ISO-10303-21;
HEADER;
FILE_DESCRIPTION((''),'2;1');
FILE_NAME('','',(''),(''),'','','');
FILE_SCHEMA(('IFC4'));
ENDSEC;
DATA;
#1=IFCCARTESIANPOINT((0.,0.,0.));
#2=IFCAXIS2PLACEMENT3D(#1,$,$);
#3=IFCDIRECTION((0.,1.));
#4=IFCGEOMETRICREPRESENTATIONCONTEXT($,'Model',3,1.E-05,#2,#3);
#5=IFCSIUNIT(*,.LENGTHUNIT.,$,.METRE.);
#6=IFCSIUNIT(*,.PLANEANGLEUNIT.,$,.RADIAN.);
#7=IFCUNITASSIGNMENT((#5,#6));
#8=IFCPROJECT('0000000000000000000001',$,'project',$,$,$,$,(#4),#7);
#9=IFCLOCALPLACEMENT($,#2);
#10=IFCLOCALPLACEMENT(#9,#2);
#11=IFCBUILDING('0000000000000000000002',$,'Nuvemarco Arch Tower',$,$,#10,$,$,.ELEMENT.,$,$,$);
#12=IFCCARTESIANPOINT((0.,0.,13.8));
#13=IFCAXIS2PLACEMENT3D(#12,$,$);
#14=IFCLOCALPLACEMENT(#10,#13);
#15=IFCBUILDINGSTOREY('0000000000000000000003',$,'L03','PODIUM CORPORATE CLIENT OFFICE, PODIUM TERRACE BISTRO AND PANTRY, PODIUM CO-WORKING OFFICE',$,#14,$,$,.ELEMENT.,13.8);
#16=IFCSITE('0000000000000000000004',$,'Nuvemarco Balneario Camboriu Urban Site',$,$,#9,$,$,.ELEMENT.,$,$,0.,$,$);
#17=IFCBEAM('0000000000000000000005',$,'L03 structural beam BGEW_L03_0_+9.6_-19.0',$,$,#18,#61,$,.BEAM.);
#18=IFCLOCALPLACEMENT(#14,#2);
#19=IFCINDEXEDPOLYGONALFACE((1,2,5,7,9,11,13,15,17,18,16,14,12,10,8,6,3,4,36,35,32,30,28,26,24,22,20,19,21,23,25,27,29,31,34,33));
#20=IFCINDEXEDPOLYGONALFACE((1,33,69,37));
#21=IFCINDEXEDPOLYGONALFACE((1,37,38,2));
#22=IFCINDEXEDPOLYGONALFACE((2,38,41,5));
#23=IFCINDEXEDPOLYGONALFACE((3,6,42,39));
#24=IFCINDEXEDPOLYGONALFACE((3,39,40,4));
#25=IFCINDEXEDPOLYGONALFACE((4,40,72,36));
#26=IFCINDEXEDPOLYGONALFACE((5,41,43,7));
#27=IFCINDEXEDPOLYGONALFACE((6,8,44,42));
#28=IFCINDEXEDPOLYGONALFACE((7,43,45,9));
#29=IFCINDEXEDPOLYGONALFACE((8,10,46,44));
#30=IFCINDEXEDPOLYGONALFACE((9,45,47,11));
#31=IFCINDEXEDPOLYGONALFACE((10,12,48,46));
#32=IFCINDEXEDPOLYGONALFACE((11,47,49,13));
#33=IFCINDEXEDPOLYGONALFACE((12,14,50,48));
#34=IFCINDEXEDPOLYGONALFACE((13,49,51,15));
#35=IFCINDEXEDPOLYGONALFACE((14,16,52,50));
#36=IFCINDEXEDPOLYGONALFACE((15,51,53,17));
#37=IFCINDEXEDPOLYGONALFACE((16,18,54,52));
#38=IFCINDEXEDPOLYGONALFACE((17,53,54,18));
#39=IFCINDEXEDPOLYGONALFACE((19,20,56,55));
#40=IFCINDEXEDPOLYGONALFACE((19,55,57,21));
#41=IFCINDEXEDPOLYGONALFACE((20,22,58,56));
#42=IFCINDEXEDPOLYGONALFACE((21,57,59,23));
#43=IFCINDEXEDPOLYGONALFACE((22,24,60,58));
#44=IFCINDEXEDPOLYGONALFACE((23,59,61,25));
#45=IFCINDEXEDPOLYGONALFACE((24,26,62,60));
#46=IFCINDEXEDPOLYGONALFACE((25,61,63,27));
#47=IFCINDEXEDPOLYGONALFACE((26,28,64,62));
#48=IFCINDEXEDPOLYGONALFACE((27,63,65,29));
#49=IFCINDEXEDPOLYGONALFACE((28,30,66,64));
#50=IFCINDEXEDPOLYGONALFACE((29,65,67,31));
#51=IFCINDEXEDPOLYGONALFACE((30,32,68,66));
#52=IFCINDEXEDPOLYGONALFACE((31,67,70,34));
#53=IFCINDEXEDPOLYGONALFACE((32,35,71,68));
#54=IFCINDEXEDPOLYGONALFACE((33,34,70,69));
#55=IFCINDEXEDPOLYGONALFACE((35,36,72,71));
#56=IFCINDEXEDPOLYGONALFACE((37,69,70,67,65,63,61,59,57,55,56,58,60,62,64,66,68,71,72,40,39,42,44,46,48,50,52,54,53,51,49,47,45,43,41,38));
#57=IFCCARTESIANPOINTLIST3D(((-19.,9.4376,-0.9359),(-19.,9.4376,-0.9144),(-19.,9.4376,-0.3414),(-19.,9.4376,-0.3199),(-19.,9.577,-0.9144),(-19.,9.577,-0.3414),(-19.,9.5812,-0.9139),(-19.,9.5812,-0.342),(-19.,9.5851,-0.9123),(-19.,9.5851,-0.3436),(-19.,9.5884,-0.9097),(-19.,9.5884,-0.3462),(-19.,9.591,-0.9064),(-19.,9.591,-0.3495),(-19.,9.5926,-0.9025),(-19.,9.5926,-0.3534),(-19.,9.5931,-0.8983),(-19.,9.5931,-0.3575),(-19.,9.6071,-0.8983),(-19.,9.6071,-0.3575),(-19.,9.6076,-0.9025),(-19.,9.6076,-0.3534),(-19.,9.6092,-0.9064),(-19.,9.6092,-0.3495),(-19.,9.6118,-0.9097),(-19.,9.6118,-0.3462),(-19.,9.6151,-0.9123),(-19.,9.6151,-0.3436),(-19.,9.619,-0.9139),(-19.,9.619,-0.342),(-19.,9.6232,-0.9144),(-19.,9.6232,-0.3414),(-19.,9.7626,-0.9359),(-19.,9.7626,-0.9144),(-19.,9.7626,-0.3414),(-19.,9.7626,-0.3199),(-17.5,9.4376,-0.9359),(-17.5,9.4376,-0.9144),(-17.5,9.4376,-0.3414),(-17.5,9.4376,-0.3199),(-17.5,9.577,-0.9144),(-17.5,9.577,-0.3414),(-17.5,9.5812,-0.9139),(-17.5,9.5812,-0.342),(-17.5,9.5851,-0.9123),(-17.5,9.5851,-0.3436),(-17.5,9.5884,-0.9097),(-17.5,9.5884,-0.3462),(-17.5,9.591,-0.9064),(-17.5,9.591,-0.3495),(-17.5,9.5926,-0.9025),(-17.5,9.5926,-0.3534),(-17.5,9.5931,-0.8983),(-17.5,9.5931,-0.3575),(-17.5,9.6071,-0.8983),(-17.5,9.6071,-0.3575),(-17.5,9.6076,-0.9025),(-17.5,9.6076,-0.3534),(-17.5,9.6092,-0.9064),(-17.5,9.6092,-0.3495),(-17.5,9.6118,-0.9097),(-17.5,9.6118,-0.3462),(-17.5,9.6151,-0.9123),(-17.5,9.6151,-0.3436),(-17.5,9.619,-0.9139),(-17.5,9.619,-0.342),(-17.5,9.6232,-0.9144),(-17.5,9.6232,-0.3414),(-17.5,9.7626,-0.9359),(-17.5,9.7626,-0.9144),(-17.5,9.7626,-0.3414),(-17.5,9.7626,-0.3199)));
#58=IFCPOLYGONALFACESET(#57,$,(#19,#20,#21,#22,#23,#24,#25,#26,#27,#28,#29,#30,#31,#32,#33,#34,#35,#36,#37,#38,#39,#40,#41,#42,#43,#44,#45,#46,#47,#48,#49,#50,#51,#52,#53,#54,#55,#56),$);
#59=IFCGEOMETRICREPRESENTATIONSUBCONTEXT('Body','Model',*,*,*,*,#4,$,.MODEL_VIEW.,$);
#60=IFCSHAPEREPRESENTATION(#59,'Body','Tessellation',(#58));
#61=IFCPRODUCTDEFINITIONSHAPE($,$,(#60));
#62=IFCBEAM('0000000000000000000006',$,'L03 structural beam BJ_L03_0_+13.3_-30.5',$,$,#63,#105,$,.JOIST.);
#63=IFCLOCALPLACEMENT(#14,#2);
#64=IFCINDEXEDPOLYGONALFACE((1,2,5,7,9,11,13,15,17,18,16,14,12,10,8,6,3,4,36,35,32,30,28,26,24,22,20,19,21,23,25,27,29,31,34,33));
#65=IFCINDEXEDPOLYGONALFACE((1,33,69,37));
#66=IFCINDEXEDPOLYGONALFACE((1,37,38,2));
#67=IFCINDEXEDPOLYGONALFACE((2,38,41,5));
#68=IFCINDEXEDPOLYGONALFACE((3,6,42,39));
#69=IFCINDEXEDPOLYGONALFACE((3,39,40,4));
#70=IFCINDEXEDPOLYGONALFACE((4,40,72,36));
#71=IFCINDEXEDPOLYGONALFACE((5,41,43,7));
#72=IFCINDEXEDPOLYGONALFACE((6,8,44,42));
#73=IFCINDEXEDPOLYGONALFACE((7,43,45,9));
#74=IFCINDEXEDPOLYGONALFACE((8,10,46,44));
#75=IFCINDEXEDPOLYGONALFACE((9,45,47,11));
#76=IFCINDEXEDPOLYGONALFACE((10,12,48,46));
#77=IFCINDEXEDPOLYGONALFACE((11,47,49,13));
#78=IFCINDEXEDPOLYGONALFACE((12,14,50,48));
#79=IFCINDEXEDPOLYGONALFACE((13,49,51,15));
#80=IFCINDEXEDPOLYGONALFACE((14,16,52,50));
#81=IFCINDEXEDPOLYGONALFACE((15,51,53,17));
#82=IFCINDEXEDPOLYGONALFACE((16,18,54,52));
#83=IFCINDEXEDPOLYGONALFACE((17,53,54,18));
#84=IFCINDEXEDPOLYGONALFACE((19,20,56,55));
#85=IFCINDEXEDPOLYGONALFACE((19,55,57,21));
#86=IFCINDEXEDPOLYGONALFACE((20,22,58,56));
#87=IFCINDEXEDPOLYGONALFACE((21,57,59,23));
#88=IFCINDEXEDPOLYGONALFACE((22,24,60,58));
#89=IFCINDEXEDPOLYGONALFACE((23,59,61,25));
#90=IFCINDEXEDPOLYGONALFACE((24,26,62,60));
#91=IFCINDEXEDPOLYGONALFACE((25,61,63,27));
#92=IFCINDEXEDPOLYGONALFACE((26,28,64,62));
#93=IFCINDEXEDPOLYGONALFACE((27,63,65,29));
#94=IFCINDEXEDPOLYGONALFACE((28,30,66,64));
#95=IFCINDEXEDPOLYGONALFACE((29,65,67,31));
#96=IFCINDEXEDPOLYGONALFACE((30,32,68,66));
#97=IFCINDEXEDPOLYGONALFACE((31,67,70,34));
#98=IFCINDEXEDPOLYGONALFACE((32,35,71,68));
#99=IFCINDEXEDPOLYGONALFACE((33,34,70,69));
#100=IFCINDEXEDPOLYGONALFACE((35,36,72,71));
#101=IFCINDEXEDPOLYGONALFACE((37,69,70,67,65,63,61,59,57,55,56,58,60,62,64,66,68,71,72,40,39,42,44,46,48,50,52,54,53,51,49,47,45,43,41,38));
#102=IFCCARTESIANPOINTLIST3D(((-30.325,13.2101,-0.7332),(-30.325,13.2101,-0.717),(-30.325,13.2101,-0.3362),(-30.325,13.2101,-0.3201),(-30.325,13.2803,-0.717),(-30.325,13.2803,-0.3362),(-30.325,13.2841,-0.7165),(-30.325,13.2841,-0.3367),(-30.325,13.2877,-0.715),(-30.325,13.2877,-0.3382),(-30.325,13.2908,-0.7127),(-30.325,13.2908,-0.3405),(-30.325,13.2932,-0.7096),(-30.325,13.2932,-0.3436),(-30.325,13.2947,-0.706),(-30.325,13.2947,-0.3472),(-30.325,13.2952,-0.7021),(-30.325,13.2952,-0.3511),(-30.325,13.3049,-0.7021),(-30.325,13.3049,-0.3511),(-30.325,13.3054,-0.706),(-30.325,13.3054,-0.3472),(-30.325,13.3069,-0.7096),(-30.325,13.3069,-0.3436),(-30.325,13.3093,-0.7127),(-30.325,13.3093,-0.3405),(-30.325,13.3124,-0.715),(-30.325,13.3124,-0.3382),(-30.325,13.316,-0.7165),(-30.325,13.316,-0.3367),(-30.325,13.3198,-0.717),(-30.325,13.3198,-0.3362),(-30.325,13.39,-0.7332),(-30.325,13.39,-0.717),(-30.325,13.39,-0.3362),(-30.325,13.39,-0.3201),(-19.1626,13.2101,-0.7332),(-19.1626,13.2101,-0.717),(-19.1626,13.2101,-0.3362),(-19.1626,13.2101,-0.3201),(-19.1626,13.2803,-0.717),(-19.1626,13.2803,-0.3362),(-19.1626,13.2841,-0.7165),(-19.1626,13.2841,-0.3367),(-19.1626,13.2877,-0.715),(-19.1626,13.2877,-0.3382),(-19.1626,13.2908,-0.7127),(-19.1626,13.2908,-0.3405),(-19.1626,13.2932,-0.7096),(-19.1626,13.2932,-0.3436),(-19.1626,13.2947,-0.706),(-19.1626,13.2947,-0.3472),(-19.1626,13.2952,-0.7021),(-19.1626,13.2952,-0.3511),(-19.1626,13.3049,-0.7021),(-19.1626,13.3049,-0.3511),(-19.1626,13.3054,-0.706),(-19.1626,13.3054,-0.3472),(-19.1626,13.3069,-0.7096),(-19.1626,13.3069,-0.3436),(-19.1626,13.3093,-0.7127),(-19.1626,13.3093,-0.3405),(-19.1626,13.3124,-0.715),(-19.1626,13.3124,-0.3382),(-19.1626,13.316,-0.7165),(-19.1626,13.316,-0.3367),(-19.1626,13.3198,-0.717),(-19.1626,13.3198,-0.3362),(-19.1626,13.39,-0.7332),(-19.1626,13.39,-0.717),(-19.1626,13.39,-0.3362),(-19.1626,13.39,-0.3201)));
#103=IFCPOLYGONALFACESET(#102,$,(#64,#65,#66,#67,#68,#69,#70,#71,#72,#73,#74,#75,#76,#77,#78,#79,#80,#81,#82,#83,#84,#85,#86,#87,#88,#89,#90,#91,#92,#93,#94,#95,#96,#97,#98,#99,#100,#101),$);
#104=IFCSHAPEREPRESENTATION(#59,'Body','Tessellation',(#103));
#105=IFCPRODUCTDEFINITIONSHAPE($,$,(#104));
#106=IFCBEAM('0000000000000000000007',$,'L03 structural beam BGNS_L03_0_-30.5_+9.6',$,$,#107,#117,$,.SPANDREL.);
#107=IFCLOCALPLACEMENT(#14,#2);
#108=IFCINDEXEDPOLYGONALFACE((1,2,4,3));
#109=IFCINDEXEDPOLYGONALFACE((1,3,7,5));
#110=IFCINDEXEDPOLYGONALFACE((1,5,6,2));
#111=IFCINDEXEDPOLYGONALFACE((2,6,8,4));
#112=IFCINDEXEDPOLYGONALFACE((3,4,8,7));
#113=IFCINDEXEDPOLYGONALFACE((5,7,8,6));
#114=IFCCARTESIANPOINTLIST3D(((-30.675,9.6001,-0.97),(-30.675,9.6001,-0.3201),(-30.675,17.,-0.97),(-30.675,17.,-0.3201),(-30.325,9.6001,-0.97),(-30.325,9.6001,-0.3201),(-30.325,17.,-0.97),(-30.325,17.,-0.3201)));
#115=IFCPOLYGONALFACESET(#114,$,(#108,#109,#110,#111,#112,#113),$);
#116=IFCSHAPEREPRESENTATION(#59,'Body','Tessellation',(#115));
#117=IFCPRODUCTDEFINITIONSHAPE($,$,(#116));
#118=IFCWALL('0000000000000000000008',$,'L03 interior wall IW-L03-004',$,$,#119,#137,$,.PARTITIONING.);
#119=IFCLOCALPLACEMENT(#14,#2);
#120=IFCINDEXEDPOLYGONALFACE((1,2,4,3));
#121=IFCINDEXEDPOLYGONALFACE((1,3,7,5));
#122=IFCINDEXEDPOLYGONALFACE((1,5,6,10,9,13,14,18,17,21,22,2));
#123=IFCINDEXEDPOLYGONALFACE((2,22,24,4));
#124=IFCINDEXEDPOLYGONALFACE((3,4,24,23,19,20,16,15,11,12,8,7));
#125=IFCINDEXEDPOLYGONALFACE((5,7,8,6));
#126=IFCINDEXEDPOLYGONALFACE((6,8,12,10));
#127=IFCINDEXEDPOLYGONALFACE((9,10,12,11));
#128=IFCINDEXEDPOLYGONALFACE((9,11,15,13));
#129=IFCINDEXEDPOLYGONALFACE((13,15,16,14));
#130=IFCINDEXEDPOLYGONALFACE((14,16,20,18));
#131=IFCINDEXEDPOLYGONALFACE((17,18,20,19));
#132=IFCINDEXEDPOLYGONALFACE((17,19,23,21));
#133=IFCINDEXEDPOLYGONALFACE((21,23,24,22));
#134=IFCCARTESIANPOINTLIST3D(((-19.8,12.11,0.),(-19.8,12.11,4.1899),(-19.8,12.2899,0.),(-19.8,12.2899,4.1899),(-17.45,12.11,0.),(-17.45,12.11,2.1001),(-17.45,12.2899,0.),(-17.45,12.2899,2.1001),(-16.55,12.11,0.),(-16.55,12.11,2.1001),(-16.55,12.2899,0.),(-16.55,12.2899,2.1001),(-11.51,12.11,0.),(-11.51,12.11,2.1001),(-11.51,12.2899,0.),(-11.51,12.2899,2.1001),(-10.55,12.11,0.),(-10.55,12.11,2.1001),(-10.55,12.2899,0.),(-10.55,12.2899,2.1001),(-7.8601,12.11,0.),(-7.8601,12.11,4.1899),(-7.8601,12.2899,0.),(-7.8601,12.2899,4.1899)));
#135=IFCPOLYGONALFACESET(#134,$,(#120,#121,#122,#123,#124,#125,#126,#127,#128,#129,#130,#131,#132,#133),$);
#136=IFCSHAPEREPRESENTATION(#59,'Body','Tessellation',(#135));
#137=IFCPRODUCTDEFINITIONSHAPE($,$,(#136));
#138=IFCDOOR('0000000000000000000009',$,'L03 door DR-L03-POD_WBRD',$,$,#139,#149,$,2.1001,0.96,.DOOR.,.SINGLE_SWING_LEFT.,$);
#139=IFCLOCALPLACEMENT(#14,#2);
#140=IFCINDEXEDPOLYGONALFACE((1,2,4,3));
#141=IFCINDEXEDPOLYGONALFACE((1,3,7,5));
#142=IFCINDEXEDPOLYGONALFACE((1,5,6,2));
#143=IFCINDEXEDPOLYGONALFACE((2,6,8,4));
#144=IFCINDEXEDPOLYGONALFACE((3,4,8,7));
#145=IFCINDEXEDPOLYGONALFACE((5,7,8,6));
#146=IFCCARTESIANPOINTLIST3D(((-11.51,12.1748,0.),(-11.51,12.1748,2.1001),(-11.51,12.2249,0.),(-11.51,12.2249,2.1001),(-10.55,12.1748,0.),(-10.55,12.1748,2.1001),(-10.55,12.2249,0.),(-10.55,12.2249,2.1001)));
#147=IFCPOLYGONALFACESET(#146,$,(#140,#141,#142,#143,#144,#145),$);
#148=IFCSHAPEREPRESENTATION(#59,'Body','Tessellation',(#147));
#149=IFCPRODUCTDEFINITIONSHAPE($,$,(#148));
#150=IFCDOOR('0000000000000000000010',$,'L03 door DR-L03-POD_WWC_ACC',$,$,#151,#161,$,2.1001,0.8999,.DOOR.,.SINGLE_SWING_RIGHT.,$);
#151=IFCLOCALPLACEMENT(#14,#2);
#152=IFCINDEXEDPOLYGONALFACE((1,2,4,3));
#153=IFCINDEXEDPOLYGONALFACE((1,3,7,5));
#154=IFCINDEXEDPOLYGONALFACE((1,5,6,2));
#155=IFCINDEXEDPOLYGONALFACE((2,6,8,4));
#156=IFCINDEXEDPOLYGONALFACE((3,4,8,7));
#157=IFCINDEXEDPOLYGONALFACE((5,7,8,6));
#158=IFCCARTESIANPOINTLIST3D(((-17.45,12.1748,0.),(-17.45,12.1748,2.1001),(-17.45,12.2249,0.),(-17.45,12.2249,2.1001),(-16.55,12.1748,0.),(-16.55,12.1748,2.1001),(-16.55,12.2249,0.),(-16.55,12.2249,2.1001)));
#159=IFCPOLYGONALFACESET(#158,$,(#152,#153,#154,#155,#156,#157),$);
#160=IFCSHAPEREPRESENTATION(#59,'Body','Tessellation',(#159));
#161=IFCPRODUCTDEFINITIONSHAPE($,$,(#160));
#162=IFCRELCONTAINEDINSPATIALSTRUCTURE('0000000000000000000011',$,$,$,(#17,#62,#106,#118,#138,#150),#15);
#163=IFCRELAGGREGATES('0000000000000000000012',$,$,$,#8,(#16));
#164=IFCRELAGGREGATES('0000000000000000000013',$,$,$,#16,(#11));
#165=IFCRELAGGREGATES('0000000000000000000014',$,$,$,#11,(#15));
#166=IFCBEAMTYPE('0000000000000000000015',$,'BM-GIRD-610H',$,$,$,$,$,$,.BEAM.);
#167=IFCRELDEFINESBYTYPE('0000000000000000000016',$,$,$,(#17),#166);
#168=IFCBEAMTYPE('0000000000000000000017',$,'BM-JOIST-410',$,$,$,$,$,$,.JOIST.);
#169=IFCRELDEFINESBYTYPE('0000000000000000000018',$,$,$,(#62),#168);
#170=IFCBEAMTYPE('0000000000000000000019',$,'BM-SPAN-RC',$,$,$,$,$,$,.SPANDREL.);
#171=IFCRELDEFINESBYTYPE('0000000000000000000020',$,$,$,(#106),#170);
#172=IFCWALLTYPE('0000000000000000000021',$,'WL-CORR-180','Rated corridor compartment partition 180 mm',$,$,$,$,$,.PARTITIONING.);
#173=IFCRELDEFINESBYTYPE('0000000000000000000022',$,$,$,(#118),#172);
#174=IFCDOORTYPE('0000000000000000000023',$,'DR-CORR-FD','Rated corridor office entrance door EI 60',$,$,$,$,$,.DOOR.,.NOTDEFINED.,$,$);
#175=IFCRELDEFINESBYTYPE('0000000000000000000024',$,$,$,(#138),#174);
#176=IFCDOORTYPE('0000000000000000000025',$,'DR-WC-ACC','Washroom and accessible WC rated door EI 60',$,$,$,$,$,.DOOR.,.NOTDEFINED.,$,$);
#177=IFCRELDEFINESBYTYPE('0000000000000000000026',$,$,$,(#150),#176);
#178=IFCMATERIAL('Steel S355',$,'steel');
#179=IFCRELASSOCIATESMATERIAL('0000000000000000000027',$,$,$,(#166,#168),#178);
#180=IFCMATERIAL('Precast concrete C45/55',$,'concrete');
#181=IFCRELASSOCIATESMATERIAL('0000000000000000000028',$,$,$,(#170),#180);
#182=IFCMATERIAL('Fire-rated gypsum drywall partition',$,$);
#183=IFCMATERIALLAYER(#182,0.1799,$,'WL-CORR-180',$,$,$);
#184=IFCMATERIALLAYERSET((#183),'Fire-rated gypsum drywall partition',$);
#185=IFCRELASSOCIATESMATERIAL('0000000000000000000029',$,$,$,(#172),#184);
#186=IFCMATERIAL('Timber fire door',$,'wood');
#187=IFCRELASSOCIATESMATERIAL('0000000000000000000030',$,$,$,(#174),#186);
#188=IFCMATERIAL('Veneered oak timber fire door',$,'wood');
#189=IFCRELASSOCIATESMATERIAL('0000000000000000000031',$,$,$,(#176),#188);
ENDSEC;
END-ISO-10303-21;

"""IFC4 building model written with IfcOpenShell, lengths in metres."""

from ifc_helpers import new_model, si_unit, direction, frame, frame_2d, origin, origin_2d, place, context, subcontext, project, spatial, rectangle, i_section, extrude, source, transform, mapped, material, layer, layer_set, material_profile, profile_set, type_object, type_shapes, element, fill, save


model = new_model("IFC4")

# Units and contexts
model_context = context("Model", 3, precision=1e-05, world=origin(), true_north=direction((0.0, 1.0)))
body_context = subcontext(model_context, "Body", "Model", "MODEL_VIEW")
ifc_project = project(units=[si_unit("LENGTHUNIT", "METRE"), si_unit("PLANEANGLEUNIT", "RADIAN")], contexts=[model_context])

# Site, building, storey
site_placement = place(None, origin())
site = spatial("IfcSite", under=ifc_project, at=site_placement, Name="Nuvemarco Balneario Camboriu Urban Site", CompositionType="ELEMENT", RefElevation=0.0)
building_placement = place(site_placement, origin())
building = spatial("IfcBuilding", under=site, at=building_placement, Name="Nuvemarco Arch Tower", CompositionType="ELEMENT")
storey_placement = place(building_placement, frame((0.0, 0.0, 13.8)))
storey = spatial("IfcBuildingStorey", under=building, at=storey_placement, Name="L03", Description="PODIUM CORPORATE CLIENT OFFICE, PODIUM TERRACE BISTRO AND PANTRY, PODIUM CO-WORKING OFFICE", CompositionType="ELEMENT", Elevation=13.8)

# Beams
ifc_material_1 = material(Name="Steel S355", Category="steel")
ifc_material_profile_1 = material_profile(ifc_material_1, i_section(OverallWidth=0.325, OverallDepth=0.616, WebThickness=0.0139, FlangeThickness=0.0215, FilletRadius=0.0161, at=origin_2d()), Name="W610x174")
ifc_profile_set_1 = profile_set([ifc_material_profile_1], Name="Steel S355")
beam_type_1 = type_object("IfcBeamType", Name="BM-GIRD-610H", PredefinedType="BEAM", material=ifc_profile_set_1)
beam_1_placement = place(storey_placement, frame((-19.0, 9.6001, -0.6279), z_axis=(1.0, 0.0, 0.0), x_axis=(0.0, 1.0, 0.0)))
element("IfcBeam", 1, at=beam_1_placement, inside=storey, type_object=beam_type_1, Name="L03 structural beam BGEW_L03_0_+9.6_-19.0", PredefinedType="BEAM", context=body_context, shape_type="SweptSolid", body=[
    extrude(i_section(OverallWidth=0.325, OverallDepth=0.616, WebThickness=0.0139, FlangeThickness=0.0215, FilletRadius=0.0161, at=origin_2d()), origin(), (0.0, 0.0, 1.0), 1.5),
])
ifc_material_profile_2 = material_profile(ifc_material_1, i_section(OverallWidth=0.1799, OverallDepth=0.4131, WebThickness=0.0098, FlangeThickness=0.0161, FilletRadius=0.0149, at=origin_2d()), Name="W410x75")
ifc_profile_set_2 = profile_set([ifc_material_profile_2], Name="Steel S355")
beam_type_2 = type_object("IfcBeamType", Name="BM-JOIST-410", PredefinedType="JOIST", material=ifc_profile_set_2)
beam_2_placement = place(storey_placement, frame((-30.325, 13.3, -0.5266), z_axis=(1.0, 0.0, 0.0), x_axis=(0.0, 1.0, 0.0)))
element("IfcBeam", 2, at=beam_2_placement, inside=storey, type_object=beam_type_2, Name="L03 structural beam BJ_L03_0_+13.3_-30.5", PredefinedType="JOIST", context=body_context, shape_type="SweptSolid", body=[
    extrude(i_section(OverallWidth=0.1799, OverallDepth=0.4131, WebThickness=0.0098, FlangeThickness=0.0161, FilletRadius=0.0149, at=origin_2d()), origin(), (0.0, 0.0, 1.0), 11.1624),
])
ifc_material_2 = material(Name="Precast concrete C45/55", Category="concrete")
ifc_material_profile_3 = material_profile(ifc_material_2, rectangle(XDim=0.3501, YDim=0.6499, at=origin_2d()), Name="PC-SP-350x650")
ifc_profile_set_3 = profile_set([ifc_material_profile_3], Name="Precast concrete C45/55")
beam_type_3 = type_object("IfcBeamType", Name="BM-SPAN-RC", PredefinedType="SPANDREL", material=ifc_profile_set_3)
beam_3_placement = place(storey_placement, frame((-30.5, 9.6001, -0.645), z_axis=(0.0, 1.0, 0.0), x_axis=(-1.0, 0.0, 0.0)))
element("IfcBeam", 3, at=beam_3_placement, inside=storey, type_object=beam_type_3, Name="L03 structural beam BGNS_L03_0_-30.5_+9.6", PredefinedType="SPANDREL", context=body_context, shape_type="SweptSolid", body=[
    extrude(rectangle(XDim=0.3501, YDim=0.6499, at=origin_2d()), origin(), (0.0, 0.0, 1.0), 7.3999),
])

# Wall, openings, doors
ifc_material_3 = material(Name="Fire-rated gypsum drywall partition")
ifc_layer_1 = layer(ifc_material_3, 0.1799, Name="WL-CORR-180")
ifc_layer_set_1 = layer_set([ifc_layer_1], Name="Fire-rated gypsum drywall partition")
wall_type_1 = type_object("IfcWallType", Name="WL-CORR-180", Description="Rated corridor compartment partition 180 mm", PredefinedType="PARTITIONING", material=ifc_layer_set_1)
wall_1_placement = place(storey_placement, frame((-19.8, 12.2, 0.0), z_axis=(0.0, 0.0, 1.0), x_axis=(1.0, 0.0, 0.0)))
wall_1 = element("IfcWall", 4, at=wall_1_placement, inside=storey, type_object=wall_type_1, Name="L03 interior wall IW-L03-004", PredefinedType="PARTITIONING", context=body_context, shape_type="SweptSolid", body=[
    extrude(rectangle(XDim=11.9399, YDim=0.1799, at=frame_2d((5.97, 0.0))), origin(), (0.0, 0.0, 1.0), 4.1899),
])
opening_1_placement = place(wall_1_placement, frame((8.29, 0.0, 0.0)))
opening_1 = element("IfcOpeningElement", 5, at=opening_1_placement, cuts=wall_1, PredefinedType="OPENING", context=body_context, shape_type="SweptSolid", body=[
    extrude(rectangle(XDim=0.96, YDim=2.1001, at=frame_2d((0.48, 1.05))), frame((0.0, 0.0999, 0.0), z_axis=(0.0, -1.0, 0.0), x_axis=(1.0, 0.0, 0.0)), (0.0, 0.0, 1.0), 0.2),
])
opening_2_placement = place(wall_1_placement, frame((2.3501, 0.0, 0.0)))
opening_2 = element("IfcOpeningElement", 6, at=opening_2_placement, cuts=wall_1, PredefinedType="OPENING", context=body_context, shape_type="SweptSolid", body=[
    extrude(rectangle(XDim=0.8999, YDim=2.1001, at=frame_2d((0.45, 1.05))), frame((0.0, 0.0999, 0.0), z_axis=(0.0, -1.0, 0.0), x_axis=(1.0, 0.0, 0.0)), (0.0, 0.0, 1.0), 0.2),
])
ifc_material_4 = material(Name="Timber fire door", Category="wood")
door_type_1 = type_object("IfcDoorType", Name="DR-CORR-FD", Description="Rated corridor office entrance door EI 60", OperationType="NOTDEFINED", PredefinedType="DOOR", material=ifc_material_4)
shared_shape_1 = source(origin(), body_context, "Body", "SweptSolid", [
    extrude(rectangle(XDim=0.96, YDim=2.1001, at=frame_2d((0.48, 1.05))), frame((0.0, 0.0249, 0.0), z_axis=(0.0, -1.0, 0.0), x_axis=(1.0, 0.0, 0.0)), (0.0, 0.0, 1.0), 0.05),
])
type_shapes(door_type_1, [shared_shape_1])
door_1_placement = place(opening_1_placement, origin())
door_1 = element("IfcDoor", 7, at=door_1_placement, inside=storey, type_object=door_type_1, Name="L03 door DR-L03-POD_WBRD", OperationType="SINGLE_SWING_LEFT", OverallHeight=2.1001, OverallWidth=0.96, PredefinedType="DOOR", context=body_context, shape_type="MappedRepresentation", body=[
    mapped(shared_shape_1, transform((0.0, 0.0, 0.0), scale=1.0)),
])
fill(opening_1, door_1)
ifc_material_5 = material(Name="Veneered oak timber fire door", Category="wood")
door_type_2 = type_object("IfcDoorType", Name="DR-WC-ACC", Description="Washroom and accessible WC rated door EI 60", OperationType="NOTDEFINED", PredefinedType="DOOR", material=ifc_material_5)
shared_shape_2 = source(origin(), body_context, "Body", "SweptSolid", [
    extrude(rectangle(XDim=0.8999, YDim=2.1001, at=frame_2d((0.45, 1.05))), frame((0.0, 0.0249, 0.0), z_axis=(0.0, -1.0, 0.0), x_axis=(1.0, 0.0, 0.0)), (0.0, 0.0, 1.0), 0.05),
])
type_shapes(door_type_2, [shared_shape_2])
door_2_placement = place(opening_2_placement, origin())
door_2 = element("IfcDoor", 8, at=door_2_placement, inside=storey, type_object=door_type_2, Name="L03 door DR-L03-POD_WWC_ACC", OperationType="SINGLE_SWING_RIGHT", OverallHeight=2.1001, OverallWidth=0.8999, PredefinedType="DOOR", context=body_context, shape_type="MappedRepresentation", body=[
    mapped(shared_shape_2, transform((0.0, 0.0, 0.0), scale=1.0)),
])
fill(opening_2, door_2)

save(model, "model.ifc")
